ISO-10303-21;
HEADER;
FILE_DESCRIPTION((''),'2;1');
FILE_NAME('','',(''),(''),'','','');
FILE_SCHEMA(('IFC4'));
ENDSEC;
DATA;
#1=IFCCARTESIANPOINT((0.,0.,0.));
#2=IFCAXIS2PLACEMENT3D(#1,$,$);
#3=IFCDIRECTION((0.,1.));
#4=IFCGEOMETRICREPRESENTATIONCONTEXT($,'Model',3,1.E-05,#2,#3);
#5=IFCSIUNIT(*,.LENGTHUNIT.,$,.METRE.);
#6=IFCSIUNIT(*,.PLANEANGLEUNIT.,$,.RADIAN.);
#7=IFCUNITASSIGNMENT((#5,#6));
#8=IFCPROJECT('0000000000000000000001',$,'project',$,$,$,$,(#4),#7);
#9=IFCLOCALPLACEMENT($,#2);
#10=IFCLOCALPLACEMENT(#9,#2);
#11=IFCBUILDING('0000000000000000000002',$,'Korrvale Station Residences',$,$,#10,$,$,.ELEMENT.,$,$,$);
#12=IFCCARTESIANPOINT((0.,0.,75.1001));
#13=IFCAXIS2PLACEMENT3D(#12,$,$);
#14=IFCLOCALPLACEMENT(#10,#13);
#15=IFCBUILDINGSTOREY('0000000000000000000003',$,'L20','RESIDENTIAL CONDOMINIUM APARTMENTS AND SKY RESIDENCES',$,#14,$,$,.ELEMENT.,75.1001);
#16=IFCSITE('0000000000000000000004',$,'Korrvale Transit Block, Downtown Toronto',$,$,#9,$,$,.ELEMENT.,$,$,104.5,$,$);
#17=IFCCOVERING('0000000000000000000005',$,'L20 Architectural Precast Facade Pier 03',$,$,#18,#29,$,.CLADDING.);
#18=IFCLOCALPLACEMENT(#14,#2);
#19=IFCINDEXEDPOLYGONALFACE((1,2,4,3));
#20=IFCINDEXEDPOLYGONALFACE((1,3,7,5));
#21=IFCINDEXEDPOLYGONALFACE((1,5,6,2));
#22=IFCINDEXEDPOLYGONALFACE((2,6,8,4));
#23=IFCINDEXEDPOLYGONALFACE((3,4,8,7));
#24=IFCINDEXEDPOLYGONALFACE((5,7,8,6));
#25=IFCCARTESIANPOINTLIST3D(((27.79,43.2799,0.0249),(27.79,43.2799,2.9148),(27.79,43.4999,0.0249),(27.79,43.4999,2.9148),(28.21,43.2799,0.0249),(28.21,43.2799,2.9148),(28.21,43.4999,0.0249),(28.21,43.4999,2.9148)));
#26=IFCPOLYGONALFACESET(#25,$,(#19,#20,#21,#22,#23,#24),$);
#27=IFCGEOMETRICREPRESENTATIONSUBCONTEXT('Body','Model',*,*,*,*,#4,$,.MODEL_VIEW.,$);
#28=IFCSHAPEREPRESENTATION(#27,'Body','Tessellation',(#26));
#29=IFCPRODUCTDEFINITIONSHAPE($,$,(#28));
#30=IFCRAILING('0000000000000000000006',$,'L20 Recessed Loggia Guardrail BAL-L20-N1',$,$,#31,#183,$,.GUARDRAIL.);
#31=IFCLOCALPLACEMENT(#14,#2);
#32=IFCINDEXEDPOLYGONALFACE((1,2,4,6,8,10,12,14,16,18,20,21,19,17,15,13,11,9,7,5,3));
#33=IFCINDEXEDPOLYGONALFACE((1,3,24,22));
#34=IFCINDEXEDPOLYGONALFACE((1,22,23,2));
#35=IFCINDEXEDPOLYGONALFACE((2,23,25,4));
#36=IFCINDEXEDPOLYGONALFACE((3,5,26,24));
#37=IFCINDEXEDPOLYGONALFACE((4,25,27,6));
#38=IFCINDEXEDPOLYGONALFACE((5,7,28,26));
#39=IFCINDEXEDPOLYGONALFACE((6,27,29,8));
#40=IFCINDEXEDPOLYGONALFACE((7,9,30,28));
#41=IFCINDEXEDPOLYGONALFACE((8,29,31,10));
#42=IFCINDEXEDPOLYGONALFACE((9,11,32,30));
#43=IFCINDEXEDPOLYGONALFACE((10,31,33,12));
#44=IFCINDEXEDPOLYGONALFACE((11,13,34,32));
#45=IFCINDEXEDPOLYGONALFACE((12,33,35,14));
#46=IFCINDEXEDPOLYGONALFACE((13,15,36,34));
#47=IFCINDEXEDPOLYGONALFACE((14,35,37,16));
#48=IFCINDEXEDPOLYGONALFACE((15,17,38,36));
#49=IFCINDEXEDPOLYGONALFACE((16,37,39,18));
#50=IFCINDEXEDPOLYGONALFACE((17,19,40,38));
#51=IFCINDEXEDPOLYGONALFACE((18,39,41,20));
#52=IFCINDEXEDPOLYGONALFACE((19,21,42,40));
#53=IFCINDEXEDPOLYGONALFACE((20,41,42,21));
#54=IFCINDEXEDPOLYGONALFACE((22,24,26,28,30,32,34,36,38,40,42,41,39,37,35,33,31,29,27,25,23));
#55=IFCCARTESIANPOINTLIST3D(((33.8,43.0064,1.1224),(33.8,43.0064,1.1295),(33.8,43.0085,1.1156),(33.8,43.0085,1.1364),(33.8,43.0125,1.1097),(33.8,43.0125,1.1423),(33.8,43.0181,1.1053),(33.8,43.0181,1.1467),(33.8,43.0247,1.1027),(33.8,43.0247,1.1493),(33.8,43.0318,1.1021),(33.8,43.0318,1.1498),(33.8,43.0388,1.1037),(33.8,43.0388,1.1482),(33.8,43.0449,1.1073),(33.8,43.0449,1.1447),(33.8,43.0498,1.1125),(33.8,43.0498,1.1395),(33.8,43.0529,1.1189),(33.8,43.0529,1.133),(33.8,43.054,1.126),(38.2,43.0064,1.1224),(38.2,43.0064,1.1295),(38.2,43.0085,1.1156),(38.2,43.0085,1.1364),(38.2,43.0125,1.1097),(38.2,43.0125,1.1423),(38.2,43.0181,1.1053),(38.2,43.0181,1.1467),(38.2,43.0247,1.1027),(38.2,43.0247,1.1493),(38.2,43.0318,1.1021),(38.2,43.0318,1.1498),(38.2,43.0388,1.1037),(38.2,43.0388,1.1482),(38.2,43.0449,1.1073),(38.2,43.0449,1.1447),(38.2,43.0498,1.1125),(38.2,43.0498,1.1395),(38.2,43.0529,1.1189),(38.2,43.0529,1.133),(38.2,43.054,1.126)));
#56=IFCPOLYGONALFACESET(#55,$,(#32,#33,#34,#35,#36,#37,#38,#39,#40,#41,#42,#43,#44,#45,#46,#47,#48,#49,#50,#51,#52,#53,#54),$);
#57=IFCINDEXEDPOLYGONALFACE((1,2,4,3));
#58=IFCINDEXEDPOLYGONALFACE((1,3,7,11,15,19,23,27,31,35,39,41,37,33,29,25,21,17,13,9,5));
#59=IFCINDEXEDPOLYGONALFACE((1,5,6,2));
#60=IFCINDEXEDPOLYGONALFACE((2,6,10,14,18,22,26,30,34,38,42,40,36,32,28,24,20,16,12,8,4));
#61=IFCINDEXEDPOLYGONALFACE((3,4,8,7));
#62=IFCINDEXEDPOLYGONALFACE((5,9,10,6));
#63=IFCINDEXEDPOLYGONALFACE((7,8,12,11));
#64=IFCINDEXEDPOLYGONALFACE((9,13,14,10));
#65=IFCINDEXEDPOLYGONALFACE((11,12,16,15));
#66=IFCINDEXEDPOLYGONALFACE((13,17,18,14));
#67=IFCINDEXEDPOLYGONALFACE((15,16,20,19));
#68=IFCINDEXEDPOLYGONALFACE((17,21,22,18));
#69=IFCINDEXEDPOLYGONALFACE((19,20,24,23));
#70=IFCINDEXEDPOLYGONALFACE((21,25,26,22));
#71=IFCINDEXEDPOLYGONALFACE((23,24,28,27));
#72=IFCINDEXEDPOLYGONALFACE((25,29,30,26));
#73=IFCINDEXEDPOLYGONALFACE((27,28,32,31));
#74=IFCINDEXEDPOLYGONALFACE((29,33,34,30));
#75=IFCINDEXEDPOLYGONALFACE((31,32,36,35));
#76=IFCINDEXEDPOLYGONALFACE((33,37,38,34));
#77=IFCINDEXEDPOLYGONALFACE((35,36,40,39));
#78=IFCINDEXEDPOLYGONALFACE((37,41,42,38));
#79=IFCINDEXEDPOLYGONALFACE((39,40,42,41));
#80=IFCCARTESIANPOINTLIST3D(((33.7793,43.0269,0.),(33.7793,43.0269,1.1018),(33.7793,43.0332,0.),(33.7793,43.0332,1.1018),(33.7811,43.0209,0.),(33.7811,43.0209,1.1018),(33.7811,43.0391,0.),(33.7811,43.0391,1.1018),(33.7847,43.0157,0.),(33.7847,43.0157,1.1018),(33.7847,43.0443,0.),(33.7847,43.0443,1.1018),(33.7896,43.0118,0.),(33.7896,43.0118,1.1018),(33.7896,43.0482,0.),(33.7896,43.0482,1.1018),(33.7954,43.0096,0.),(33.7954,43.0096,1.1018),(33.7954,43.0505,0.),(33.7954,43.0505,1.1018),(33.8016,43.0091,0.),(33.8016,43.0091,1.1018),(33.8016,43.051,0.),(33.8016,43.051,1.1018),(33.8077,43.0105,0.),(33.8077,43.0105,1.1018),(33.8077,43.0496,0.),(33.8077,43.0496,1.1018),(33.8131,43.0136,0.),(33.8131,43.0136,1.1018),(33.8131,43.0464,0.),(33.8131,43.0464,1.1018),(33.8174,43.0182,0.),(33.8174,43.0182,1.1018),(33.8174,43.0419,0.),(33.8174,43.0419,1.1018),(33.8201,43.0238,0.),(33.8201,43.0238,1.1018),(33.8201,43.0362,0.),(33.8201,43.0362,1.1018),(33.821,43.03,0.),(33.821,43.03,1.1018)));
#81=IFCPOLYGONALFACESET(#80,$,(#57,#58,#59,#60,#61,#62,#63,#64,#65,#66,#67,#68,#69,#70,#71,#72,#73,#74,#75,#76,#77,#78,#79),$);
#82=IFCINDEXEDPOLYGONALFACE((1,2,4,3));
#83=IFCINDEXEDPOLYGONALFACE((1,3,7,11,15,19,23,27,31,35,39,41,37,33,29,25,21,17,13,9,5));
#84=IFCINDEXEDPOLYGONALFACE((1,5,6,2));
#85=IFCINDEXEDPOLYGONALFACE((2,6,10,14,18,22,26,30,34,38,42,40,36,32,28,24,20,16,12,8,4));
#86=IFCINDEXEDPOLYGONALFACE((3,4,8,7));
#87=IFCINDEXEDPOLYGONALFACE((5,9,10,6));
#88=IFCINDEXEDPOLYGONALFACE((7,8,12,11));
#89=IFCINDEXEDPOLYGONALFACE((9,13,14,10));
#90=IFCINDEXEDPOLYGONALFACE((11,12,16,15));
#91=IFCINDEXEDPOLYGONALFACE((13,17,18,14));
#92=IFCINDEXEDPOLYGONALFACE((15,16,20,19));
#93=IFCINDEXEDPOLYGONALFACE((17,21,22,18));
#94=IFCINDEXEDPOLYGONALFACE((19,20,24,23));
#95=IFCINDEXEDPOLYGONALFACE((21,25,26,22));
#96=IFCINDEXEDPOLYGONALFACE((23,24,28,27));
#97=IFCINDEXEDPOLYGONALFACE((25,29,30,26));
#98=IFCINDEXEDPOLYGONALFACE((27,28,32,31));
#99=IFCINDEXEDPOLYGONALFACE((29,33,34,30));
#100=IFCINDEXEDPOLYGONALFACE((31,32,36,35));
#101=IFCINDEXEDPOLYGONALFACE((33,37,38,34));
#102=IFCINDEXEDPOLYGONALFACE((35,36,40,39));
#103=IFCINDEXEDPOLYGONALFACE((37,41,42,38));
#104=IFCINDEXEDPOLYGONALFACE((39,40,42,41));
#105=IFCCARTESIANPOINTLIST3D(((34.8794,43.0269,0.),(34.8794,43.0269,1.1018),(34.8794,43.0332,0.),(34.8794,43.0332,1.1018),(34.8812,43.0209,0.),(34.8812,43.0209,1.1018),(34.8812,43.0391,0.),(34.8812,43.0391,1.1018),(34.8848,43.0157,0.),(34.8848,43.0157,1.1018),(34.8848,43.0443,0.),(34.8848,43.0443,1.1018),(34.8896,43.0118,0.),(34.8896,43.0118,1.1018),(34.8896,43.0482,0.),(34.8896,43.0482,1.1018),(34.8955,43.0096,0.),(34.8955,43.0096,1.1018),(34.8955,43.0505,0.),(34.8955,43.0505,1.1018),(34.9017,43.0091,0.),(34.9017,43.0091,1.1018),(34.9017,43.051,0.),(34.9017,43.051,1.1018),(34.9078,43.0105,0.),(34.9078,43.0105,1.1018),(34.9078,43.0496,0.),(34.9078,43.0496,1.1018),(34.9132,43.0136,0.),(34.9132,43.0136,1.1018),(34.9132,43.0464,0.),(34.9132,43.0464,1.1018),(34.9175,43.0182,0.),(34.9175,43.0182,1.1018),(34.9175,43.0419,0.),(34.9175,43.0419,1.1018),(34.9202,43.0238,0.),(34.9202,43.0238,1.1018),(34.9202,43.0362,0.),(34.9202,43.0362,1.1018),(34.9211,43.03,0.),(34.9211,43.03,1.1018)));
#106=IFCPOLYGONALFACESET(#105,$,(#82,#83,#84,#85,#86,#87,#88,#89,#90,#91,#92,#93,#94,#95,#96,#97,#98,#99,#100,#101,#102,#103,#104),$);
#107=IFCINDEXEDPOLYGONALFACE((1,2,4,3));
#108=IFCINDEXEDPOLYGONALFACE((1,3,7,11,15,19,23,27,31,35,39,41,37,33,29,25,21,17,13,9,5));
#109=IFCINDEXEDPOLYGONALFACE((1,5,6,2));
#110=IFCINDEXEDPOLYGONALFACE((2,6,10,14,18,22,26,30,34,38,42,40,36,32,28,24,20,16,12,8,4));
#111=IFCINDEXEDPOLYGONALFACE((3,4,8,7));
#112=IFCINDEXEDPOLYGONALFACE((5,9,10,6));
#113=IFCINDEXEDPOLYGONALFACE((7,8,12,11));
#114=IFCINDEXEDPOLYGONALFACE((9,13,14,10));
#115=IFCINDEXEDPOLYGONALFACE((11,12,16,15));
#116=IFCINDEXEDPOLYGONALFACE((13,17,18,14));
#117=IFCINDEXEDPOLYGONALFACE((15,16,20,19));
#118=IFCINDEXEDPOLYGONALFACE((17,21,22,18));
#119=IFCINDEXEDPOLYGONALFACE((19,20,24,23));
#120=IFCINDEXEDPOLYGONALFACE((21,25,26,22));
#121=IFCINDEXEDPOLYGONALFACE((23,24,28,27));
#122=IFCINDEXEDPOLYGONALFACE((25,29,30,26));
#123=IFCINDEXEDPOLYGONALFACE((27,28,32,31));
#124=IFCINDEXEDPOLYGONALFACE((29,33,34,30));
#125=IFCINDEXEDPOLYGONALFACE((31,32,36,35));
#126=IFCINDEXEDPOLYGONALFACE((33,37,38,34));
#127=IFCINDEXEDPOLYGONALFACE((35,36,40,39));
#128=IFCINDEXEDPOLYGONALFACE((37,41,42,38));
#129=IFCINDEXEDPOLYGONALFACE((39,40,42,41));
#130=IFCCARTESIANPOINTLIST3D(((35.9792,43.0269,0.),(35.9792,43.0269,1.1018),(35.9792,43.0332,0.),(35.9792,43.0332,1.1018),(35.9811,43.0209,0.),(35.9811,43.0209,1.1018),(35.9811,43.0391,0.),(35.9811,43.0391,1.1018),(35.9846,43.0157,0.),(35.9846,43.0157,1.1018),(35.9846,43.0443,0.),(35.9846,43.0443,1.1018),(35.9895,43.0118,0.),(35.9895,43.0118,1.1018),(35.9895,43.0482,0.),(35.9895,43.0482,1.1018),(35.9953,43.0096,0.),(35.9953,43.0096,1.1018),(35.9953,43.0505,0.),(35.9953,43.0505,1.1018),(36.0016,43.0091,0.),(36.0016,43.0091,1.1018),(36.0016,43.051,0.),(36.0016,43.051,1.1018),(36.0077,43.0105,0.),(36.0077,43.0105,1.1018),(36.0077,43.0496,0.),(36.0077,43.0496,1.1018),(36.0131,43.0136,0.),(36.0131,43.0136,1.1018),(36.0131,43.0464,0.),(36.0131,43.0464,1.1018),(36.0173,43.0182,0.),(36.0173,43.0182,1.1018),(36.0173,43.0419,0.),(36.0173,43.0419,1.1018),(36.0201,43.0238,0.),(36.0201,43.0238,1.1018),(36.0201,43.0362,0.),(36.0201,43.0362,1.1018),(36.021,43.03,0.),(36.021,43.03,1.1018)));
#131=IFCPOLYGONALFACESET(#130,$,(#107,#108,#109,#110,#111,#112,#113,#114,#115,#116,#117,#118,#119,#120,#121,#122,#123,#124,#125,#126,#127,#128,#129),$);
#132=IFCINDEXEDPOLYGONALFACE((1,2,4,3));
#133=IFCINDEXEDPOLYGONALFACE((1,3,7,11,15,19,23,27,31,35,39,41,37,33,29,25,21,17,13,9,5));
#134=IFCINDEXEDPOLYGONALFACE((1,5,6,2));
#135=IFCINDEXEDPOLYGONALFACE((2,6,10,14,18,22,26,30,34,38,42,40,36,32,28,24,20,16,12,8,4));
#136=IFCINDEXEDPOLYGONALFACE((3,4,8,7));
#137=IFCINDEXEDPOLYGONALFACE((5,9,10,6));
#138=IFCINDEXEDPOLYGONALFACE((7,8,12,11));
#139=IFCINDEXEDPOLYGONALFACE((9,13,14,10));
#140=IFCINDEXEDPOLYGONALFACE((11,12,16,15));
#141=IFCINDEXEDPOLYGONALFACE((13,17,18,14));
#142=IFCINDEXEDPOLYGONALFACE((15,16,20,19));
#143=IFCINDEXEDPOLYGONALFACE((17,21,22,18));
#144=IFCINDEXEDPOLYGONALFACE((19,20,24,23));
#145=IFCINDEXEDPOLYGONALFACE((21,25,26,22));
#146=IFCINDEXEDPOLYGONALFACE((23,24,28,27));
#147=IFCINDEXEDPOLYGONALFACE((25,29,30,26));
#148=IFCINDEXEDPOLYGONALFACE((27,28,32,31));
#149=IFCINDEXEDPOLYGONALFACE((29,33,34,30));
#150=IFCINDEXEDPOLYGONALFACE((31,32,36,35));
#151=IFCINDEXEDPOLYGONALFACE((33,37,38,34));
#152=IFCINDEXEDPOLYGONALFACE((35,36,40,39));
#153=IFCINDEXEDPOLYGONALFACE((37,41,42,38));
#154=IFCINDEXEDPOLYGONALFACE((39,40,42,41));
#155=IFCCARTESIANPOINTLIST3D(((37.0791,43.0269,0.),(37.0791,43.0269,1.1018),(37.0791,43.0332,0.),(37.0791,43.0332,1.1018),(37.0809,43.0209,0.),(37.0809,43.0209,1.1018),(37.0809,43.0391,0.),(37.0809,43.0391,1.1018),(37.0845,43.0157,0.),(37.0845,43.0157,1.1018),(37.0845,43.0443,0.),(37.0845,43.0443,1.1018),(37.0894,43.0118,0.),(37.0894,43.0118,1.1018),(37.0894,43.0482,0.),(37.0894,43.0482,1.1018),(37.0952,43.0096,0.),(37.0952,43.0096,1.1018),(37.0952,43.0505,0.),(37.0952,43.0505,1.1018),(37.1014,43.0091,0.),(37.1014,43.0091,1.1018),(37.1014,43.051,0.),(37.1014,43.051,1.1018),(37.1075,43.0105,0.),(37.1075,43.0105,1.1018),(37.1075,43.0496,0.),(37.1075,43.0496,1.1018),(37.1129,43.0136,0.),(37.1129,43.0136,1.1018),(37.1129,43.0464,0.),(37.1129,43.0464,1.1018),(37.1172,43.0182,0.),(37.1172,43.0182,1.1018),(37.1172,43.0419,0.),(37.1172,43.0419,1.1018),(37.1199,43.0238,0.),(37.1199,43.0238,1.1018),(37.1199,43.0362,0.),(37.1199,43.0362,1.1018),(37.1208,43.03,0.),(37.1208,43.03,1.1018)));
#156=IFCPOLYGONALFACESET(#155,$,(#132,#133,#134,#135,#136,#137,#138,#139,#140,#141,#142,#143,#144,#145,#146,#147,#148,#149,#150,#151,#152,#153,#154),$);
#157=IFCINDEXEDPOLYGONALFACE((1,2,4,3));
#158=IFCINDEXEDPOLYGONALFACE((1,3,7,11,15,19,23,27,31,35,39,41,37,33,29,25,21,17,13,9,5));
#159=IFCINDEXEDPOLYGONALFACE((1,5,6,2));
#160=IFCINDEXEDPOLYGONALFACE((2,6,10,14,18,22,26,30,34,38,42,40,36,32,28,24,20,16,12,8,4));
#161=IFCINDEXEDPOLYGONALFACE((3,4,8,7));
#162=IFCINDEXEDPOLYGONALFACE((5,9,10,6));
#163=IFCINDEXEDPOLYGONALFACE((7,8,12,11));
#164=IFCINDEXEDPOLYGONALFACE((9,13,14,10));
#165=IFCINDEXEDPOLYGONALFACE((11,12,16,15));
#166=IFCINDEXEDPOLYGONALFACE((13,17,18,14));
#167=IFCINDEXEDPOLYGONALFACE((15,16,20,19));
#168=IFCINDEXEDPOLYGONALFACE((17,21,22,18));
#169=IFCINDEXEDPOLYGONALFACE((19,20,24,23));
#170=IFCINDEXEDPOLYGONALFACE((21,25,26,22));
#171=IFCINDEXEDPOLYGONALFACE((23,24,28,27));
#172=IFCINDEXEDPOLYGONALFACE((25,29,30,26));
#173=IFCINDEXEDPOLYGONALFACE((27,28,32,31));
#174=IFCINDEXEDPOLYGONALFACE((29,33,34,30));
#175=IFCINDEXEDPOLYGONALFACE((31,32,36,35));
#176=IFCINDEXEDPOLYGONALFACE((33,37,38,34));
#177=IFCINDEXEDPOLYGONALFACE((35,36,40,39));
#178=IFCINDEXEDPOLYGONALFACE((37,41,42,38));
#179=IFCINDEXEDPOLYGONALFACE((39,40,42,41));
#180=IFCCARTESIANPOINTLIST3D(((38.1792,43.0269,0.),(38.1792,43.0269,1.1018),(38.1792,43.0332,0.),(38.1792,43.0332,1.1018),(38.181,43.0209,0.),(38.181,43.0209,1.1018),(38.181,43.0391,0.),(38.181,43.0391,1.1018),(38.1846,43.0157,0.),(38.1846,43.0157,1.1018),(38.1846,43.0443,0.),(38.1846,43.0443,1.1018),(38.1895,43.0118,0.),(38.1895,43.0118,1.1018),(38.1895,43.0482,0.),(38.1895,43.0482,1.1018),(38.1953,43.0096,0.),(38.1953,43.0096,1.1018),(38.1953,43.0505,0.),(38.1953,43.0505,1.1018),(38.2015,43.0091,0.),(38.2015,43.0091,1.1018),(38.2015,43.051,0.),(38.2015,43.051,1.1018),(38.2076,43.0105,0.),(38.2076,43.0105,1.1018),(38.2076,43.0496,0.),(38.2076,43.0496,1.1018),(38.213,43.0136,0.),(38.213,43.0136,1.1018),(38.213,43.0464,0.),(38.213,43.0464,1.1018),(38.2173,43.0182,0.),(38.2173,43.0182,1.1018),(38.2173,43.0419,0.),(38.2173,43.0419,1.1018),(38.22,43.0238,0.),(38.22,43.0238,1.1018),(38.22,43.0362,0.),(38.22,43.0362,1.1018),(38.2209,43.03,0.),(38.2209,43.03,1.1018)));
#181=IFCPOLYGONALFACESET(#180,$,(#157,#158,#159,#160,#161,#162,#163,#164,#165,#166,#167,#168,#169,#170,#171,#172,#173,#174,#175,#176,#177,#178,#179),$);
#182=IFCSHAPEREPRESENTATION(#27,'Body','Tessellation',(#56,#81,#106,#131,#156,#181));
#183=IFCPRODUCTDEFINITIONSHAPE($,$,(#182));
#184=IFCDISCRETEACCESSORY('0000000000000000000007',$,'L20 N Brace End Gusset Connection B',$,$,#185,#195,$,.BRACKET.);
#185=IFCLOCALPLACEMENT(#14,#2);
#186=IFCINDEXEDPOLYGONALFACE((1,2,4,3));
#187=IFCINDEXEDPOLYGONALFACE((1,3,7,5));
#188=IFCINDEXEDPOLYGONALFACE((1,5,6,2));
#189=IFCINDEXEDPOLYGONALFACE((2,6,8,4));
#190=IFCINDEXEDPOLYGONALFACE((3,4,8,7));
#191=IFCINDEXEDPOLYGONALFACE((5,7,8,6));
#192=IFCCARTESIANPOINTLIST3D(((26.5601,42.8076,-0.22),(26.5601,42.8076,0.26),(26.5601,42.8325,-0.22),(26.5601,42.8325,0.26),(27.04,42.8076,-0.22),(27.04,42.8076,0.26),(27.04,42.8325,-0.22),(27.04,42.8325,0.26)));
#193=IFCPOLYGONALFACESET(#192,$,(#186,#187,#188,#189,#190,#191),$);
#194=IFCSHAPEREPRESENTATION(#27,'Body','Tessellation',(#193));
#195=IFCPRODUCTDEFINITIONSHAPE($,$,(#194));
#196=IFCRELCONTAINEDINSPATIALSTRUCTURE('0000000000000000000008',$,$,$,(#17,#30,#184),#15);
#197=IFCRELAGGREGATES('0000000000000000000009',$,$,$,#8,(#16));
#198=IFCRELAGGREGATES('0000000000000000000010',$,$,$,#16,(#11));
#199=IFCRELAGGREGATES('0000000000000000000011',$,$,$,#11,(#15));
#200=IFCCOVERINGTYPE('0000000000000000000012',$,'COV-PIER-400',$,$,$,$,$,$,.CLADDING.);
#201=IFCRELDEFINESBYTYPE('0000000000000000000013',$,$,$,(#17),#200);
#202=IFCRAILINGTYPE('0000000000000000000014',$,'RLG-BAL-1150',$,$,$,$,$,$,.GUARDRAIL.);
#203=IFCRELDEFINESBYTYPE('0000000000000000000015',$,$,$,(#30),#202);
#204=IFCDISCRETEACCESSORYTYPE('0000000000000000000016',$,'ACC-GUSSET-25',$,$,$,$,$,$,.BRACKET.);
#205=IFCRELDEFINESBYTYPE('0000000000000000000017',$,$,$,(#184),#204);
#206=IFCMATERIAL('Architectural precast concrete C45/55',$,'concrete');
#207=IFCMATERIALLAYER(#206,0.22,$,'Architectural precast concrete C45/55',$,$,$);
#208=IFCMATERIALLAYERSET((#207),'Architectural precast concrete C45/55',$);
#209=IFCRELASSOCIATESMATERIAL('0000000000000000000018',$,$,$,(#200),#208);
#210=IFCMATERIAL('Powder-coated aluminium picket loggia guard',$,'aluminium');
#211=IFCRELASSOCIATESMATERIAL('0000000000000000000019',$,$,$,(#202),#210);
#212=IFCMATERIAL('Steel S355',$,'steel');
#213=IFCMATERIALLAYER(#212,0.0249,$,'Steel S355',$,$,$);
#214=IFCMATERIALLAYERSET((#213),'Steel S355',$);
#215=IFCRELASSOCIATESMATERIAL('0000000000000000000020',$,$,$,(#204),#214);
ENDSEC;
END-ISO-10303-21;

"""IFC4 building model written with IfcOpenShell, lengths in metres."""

from ifc_helpers import new_model, si_unit, direction, frame, origin, origin_2d, place, context, subcontext, project, spatial, rectangle, circle, extrude, material, layer, layer_set, type_object, element, save


model = new_model("IFC4")

# Units and contexts
model_context = context("Model", 3, precision=1e-05, world=origin(), true_north=direction((0.0, 1.0)))
body_context = subcontext(model_context, "Body", "Model", "MODEL_VIEW")
ifc_project = project(units=[si_unit("LENGTHUNIT", "METRE"), si_unit("PLANEANGLEUNIT", "RADIAN")], contexts=[model_context])

# Site, building, storey
site_placement = place(None, origin())
site = spatial("IfcSite", under=ifc_project, at=site_placement, Name="Korrvale Transit Block, Downtown Toronto", CompositionType="ELEMENT", RefElevation=104.5)
building_placement = place(site_placement, origin())
building = spatial("IfcBuilding", under=site, at=building_placement, Name="Korrvale Station Residences", CompositionType="ELEMENT")
storey_placement = place(building_placement, frame((0.0, 0.0, 75.1001)))
storey = spatial("IfcBuildingStorey", under=building, at=storey_placement, Name="L20", Description="RESIDENTIAL CONDOMINIUM APARTMENTS AND SKY RESIDENCES", CompositionType="ELEMENT", Elevation=75.1001)

# Shared definitions
ifc_material_1 = material(Name="Steel S355", Category="steel")

# Covering
ifc_material_2 = material(Name="Architectural precast concrete C45/55", Category="concrete")
ifc_layer_1 = layer(ifc_material_2, 0.22, Name="Architectural precast concrete C45/55")
ifc_layer_set_1 = layer_set([ifc_layer_1], Name="Architectural precast concrete C45/55")
covering_type = type_object("IfcCoveringType", Name="COV-PIER-400", PredefinedType="CLADDING", material=ifc_layer_set_1)
covering_placement = place(storey_placement, frame((28.0, 43.3899, 0.0249), z_axis=(0.0, 0.0, 1.0), x_axis=(1.0, 0.0, 0.0)))
element("IfcCovering", 1, at=covering_placement, inside=storey, type_object=covering_type, Name="L20 Architectural Precast Facade Pier 03", PredefinedType="CLADDING", context=body_context, shape_type="SweptSolid", body=[
    extrude(rectangle(XDim=0.4199, YDim=0.22, at=origin_2d()), origin(), (0.0, 0.0, 1.0), 2.8899),
])

# Railing
ifc_material_3 = material(Name="Powder-coated aluminium picket loggia guard", Category="aluminium")
railing_type = type_object("IfcRailingType", Name="RLG-BAL-1150", PredefinedType="GUARDRAIL", material=ifc_material_3)
railing_placement = place(storey_placement, frame((33.8, 43.03, 0.0)))
element("IfcRailing", 2, at=railing_placement, inside=storey, type_object=railing_type, Name="L20 Recessed Loggia Guardrail BAL-L20-N1", PredefinedType="GUARDRAIL", context=body_context, shape_type="SweptSolid", body=[
    extrude(circle(Radius=0.0239, at=origin_2d()), frame((0.0, 0.0, 1.126), z_axis=(1.0, 0.0, 0.0), x_axis=(0.0, 1.0, 0.0)), (0.0, 0.0, 1.0), 4.3999),
    extrude(circle(Radius=0.021, at=origin_2d()), origin(), (0.0, 0.0, 1.0), 1.1018),
    extrude(circle(Radius=0.021, at=origin_2d()), frame((1.1001, 0.0, 0.0)), (0.0, 0.0, 1.0), 1.1018),
    extrude(circle(Radius=0.021, at=origin_2d()), frame((2.2, 0.0, 0.0)), (0.0, 0.0, 1.0), 1.1018),
    extrude(circle(Radius=0.021, at=origin_2d()), frame((3.2998, 0.0, 0.0)), (0.0, 0.0, 1.0), 1.1018),
    extrude(circle(Radius=0.021, at=origin_2d()), frame((4.3999, 0.0, 0.0)), (0.0, 0.0, 1.0), 1.1018),
])

# Discrete accessory
ifc_layer_2 = layer(ifc_material_1, 0.0249, Name="Steel S355")
ifc_layer_set_2 = layer_set([ifc_layer_2], Name="Steel S355")
discrete_accessory_type = type_object("IfcDiscreteAccessoryType", Name="ACC-GUSSET-25", PredefinedType="BRACKET", material=ifc_layer_set_2)
discrete_accessory_placement = place(storey_placement, frame((26.8, 42.8201, -0.22), z_axis=(0.0, 0.0, 1.0), x_axis=(1.0, 0.0, 0.0)))
element("IfcDiscreteAccessory", 3, at=discrete_accessory_placement, inside=storey, type_object=discrete_accessory_type, Name="L20 N Brace End Gusset Connection B", PredefinedType="BRACKET", context=body_context, shape_type="SweptSolid", body=[
    extrude(rectangle(XDim=0.48, YDim=0.0249, at=origin_2d()), origin(), (0.0, 0.0, 1.0), 0.48),
])

save(model, "model.ifc")
